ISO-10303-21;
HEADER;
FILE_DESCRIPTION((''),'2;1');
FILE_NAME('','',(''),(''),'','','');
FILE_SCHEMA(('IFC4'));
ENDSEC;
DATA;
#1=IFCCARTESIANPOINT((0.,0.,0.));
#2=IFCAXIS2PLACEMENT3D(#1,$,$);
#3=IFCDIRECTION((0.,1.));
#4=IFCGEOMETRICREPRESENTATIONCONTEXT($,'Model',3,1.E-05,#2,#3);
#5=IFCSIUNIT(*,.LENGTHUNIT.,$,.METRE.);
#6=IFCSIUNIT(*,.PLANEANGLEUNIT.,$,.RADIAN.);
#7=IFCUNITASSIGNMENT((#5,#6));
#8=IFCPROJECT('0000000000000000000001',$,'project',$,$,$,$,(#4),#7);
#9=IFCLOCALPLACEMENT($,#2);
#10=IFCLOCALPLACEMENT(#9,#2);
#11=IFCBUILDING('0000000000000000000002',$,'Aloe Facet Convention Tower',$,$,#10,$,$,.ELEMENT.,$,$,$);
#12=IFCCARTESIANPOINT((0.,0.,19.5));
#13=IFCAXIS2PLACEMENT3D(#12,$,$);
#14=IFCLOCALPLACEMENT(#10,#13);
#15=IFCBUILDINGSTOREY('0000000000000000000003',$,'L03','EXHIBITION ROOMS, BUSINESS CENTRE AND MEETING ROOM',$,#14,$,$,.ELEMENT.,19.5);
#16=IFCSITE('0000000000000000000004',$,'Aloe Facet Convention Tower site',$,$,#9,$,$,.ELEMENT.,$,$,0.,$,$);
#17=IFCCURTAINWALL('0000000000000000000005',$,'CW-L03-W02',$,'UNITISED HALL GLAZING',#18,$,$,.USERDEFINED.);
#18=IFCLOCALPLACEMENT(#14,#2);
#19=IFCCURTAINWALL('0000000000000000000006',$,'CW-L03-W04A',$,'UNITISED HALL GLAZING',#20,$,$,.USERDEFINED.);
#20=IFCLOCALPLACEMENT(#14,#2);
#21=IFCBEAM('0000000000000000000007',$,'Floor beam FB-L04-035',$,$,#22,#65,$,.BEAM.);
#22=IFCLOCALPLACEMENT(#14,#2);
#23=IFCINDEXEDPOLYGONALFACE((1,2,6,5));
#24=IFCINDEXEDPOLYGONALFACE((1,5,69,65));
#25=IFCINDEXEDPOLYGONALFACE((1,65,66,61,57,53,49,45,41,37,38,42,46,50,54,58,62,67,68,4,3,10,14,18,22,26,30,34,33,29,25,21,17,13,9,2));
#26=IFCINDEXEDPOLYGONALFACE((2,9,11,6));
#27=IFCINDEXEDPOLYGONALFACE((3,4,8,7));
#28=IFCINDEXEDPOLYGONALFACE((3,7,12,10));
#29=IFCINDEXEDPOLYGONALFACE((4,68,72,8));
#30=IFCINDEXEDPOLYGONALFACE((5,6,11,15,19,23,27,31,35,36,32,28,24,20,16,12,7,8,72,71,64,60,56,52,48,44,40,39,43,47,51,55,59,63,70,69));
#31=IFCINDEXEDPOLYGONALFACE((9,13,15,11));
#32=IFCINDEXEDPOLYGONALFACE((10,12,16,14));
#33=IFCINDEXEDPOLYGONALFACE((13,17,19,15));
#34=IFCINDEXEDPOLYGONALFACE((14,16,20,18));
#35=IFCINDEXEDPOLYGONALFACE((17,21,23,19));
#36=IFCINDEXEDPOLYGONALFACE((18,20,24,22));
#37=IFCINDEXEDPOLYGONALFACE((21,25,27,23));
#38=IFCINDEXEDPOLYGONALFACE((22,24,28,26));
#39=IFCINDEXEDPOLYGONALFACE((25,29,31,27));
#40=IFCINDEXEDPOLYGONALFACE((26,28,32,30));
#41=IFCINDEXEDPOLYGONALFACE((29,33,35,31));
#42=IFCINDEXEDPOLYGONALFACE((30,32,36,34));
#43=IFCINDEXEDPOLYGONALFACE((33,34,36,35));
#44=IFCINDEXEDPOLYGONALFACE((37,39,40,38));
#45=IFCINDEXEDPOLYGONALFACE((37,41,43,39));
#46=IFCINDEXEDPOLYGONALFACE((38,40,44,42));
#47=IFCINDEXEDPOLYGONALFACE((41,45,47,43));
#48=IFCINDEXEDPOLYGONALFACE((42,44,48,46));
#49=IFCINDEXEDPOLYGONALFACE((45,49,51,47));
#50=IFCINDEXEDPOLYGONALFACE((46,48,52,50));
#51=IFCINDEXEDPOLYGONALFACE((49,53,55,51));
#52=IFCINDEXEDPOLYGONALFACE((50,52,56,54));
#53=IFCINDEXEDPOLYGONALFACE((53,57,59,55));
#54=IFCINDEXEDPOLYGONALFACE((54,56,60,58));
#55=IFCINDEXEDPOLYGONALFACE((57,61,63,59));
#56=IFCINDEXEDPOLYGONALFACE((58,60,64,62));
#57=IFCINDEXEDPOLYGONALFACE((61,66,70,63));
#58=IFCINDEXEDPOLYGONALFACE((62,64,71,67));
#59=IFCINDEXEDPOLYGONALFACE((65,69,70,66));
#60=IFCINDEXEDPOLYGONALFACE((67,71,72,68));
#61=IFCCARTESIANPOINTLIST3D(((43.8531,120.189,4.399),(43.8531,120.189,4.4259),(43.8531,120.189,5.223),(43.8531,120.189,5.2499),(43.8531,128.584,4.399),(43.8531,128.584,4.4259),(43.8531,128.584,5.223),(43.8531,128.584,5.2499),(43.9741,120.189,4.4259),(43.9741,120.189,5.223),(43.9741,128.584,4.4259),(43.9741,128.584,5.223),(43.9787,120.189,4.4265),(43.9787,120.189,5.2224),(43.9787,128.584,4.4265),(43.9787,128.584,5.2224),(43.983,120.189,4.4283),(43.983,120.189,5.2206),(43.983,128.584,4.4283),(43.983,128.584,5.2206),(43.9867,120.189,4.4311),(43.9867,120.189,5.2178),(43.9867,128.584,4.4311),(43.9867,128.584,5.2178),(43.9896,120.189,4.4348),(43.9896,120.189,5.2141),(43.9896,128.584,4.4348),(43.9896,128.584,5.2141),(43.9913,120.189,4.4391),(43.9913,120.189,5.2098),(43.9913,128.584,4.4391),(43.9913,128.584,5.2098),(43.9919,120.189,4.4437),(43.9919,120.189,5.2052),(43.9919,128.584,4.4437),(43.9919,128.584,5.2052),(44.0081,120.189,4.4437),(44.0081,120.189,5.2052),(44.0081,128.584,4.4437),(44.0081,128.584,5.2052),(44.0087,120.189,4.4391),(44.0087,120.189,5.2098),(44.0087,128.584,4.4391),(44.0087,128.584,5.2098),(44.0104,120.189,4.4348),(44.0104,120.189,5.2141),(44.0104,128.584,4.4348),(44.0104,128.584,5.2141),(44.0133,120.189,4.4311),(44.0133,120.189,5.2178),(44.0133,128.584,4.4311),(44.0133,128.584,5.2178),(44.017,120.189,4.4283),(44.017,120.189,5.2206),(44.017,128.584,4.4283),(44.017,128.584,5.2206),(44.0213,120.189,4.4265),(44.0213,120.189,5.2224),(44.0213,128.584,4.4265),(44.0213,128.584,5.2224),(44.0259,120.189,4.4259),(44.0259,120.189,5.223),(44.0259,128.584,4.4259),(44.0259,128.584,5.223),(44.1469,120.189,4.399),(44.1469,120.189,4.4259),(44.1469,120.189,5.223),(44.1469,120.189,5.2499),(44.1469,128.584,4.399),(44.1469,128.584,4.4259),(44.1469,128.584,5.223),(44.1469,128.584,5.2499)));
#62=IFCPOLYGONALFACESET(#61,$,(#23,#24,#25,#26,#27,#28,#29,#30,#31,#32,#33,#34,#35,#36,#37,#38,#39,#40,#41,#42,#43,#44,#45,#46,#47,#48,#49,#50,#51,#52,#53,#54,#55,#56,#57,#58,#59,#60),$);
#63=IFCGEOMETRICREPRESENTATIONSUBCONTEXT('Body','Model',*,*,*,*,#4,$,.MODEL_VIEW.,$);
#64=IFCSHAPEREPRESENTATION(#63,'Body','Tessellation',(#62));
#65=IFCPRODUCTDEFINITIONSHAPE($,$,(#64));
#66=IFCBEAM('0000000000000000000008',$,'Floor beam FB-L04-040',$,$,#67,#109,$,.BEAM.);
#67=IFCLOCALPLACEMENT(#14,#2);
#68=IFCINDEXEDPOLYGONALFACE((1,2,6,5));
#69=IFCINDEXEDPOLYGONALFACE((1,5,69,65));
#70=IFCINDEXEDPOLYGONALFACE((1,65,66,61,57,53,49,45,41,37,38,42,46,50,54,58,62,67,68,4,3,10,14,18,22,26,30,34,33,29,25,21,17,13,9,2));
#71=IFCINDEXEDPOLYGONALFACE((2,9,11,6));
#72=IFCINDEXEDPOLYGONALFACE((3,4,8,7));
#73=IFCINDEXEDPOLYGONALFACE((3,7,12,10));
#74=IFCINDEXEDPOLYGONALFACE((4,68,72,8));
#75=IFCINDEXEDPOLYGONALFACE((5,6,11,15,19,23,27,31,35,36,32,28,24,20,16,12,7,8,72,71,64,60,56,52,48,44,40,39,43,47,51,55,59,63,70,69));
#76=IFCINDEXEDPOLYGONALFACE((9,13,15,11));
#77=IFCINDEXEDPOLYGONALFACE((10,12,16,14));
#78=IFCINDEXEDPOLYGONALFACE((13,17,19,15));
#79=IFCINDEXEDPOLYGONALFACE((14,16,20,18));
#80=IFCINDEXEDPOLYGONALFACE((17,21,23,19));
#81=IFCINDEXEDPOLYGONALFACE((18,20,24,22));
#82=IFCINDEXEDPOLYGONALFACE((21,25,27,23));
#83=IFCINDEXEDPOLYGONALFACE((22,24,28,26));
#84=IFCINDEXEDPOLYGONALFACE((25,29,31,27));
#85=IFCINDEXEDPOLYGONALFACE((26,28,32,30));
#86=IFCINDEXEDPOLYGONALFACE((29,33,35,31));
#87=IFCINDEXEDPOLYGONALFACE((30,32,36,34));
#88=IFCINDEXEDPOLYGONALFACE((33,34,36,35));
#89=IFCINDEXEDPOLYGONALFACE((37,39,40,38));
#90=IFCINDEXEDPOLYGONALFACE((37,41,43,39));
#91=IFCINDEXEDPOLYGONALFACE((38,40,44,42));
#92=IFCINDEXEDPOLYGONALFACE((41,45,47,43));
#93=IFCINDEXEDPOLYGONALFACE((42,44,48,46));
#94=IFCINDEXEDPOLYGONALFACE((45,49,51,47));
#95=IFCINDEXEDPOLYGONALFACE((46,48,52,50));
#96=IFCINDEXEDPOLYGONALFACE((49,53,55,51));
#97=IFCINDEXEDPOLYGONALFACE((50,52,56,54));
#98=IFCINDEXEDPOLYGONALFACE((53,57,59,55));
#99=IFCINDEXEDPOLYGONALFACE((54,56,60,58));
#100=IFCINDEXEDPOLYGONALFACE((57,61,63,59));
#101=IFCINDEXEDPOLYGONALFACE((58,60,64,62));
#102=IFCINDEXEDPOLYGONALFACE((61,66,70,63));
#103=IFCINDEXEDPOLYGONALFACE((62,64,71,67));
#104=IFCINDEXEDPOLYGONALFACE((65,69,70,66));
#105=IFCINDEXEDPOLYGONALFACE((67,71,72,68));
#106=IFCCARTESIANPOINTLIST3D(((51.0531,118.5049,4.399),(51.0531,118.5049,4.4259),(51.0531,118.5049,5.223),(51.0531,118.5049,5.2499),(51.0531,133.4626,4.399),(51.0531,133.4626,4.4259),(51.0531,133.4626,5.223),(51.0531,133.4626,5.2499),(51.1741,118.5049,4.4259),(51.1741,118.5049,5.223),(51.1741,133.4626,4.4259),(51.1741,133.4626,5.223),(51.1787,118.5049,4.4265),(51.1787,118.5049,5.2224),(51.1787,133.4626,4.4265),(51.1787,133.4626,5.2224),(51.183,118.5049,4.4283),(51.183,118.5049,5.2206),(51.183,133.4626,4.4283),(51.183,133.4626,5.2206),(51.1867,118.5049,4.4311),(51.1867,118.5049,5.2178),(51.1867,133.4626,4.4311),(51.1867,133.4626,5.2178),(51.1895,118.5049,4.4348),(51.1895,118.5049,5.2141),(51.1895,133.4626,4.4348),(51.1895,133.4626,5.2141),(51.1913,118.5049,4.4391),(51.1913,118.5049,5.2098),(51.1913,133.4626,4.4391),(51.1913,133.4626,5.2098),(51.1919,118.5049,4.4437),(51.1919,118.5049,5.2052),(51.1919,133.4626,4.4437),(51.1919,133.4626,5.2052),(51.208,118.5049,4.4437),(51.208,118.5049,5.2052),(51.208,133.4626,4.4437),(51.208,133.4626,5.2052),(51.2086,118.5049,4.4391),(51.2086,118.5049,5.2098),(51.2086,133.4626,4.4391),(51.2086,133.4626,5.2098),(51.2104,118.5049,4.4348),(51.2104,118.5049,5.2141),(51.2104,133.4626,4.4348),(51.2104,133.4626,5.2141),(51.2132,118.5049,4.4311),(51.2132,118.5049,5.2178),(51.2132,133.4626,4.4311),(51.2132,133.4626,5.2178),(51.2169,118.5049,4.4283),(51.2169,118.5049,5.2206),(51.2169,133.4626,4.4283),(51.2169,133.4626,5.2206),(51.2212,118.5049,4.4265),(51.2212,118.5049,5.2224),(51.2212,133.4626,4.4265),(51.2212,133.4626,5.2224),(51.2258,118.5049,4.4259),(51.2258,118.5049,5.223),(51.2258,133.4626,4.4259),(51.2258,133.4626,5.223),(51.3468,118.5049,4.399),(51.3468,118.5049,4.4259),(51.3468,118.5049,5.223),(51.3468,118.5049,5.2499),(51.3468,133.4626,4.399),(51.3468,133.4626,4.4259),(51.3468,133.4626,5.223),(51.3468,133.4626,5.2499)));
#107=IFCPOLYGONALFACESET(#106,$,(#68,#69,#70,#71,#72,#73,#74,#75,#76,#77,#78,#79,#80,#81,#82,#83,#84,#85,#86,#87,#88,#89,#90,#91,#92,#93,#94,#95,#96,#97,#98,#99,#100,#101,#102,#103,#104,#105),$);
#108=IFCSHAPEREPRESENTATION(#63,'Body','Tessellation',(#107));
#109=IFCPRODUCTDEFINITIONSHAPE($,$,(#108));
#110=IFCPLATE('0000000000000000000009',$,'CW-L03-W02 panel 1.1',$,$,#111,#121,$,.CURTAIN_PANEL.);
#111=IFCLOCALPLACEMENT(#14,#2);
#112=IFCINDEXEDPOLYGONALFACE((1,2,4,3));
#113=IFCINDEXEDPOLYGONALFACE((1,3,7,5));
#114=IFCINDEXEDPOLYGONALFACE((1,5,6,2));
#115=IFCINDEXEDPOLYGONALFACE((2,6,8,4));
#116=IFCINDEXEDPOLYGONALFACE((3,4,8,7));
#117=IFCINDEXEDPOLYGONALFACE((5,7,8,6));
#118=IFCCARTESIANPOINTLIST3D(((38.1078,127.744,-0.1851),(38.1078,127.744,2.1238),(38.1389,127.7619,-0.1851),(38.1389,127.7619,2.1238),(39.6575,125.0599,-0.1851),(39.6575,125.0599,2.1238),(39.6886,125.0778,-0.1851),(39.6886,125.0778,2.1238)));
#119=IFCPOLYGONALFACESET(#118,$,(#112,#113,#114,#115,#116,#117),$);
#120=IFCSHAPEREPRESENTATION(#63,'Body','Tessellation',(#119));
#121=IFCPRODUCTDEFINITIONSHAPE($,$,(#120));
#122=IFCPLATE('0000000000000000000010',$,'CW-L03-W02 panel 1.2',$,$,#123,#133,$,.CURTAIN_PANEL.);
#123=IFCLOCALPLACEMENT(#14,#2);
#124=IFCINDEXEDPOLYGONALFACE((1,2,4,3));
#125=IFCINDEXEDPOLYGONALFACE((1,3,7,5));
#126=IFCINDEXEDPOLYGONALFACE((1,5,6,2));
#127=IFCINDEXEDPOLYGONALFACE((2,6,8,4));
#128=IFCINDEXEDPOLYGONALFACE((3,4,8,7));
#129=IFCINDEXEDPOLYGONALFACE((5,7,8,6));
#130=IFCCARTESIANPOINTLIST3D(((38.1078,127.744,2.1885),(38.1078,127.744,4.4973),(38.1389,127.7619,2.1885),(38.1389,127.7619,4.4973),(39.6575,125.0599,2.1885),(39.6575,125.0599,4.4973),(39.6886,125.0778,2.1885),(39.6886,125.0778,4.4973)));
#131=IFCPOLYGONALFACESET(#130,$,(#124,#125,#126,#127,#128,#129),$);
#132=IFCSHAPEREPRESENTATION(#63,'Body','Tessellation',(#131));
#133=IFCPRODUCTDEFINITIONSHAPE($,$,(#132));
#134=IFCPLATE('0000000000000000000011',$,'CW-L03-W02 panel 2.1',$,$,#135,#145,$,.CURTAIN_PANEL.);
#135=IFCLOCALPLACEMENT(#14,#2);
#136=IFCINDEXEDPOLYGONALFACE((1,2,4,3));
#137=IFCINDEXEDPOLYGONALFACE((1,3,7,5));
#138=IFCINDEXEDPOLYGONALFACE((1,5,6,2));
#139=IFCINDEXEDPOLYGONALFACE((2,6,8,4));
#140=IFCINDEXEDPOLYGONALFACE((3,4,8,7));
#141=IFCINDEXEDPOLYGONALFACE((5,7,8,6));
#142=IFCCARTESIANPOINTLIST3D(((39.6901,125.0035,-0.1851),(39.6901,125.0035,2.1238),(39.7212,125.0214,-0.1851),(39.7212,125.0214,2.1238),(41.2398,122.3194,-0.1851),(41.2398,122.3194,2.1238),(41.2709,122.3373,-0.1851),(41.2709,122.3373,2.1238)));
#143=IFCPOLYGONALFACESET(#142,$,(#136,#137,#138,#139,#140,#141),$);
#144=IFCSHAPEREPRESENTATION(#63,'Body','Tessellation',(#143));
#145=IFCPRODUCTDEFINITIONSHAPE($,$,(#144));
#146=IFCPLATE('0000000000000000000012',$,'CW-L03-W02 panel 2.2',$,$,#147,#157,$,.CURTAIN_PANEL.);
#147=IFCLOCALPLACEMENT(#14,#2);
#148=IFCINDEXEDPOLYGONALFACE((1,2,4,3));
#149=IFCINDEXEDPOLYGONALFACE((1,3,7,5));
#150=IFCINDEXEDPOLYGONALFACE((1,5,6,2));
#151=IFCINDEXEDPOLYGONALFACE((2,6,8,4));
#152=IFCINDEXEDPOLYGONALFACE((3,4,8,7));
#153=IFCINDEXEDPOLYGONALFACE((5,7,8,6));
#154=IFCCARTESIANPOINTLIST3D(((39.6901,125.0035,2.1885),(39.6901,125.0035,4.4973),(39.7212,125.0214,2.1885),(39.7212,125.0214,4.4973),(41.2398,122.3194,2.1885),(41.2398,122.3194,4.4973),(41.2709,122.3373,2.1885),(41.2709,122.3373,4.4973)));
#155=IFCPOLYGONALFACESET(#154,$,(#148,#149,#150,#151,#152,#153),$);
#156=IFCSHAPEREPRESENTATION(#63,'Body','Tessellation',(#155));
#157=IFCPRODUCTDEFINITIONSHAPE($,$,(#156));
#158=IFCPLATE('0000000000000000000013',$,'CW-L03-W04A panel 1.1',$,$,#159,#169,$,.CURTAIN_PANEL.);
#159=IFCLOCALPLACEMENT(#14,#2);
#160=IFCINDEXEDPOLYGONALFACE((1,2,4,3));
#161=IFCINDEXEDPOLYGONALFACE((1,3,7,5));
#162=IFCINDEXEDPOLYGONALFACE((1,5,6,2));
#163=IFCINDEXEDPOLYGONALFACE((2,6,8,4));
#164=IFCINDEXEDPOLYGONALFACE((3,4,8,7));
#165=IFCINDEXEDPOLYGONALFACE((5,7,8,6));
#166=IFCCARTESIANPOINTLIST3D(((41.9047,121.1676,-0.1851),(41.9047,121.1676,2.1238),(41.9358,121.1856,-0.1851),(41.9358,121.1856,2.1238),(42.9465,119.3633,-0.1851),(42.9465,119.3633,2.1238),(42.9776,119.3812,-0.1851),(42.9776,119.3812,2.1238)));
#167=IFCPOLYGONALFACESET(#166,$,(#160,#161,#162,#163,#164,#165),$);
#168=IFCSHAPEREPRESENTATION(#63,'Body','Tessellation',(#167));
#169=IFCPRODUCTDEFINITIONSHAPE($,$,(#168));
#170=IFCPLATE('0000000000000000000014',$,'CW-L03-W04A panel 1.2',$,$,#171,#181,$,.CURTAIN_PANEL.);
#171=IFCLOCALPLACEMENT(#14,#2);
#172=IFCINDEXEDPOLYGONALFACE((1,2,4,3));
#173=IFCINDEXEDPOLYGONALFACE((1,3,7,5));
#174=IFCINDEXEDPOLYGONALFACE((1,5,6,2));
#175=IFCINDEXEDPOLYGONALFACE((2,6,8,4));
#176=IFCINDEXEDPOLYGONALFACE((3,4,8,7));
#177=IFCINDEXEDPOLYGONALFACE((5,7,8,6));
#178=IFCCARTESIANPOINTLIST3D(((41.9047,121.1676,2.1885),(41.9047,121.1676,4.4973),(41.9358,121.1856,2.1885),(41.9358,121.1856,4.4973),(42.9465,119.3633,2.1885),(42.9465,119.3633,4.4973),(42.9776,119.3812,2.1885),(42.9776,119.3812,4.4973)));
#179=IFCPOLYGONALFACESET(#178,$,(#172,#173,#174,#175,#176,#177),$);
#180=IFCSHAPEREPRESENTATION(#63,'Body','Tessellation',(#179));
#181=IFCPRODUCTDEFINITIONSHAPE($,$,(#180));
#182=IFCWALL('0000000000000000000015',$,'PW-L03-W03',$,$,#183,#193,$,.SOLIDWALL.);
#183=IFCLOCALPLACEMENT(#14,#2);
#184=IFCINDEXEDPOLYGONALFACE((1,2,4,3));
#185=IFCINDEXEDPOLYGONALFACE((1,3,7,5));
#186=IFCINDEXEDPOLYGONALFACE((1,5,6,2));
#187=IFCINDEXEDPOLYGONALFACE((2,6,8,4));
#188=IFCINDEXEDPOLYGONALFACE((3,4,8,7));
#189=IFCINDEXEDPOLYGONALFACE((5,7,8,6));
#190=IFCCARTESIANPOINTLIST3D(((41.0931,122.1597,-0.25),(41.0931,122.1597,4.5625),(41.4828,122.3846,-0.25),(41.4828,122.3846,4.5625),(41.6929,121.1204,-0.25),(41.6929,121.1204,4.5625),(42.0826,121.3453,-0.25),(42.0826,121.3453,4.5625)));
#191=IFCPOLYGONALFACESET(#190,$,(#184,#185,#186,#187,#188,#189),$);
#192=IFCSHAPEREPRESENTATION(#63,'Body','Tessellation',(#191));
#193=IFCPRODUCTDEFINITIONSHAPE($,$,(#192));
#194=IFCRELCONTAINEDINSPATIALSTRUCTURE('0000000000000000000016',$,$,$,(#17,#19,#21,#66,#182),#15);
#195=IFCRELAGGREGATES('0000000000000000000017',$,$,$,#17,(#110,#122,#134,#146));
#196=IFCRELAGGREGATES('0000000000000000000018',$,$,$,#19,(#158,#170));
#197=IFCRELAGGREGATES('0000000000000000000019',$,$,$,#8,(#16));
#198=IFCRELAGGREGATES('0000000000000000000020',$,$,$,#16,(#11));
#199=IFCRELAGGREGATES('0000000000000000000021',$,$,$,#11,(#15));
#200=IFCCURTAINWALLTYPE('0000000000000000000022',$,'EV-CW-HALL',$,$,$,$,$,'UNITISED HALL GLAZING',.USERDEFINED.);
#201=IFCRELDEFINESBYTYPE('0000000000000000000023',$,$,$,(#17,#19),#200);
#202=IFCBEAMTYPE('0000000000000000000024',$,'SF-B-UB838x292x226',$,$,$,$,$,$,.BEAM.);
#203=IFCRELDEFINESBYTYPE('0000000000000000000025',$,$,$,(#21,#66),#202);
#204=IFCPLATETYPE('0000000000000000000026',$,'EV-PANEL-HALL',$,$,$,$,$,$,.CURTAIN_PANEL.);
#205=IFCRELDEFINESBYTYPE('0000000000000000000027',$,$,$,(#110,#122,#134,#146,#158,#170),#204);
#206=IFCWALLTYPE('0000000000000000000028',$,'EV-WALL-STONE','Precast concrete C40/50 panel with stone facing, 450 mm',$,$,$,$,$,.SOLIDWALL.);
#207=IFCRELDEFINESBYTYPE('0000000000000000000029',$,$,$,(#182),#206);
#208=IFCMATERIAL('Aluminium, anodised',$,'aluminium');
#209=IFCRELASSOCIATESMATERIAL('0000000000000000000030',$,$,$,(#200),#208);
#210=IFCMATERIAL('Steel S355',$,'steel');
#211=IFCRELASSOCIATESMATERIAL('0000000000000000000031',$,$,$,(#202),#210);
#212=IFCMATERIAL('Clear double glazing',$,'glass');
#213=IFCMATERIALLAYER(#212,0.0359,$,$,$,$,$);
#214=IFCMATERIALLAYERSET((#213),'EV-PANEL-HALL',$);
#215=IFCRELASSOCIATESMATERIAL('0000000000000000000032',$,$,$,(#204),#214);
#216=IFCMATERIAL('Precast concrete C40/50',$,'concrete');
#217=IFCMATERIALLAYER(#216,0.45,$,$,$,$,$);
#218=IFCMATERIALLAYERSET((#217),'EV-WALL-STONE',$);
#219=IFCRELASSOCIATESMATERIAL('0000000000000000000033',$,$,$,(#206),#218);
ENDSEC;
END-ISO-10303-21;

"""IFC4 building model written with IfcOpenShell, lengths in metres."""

from ifc_helpers import new_model, si_unit, direction, frame, frame_2d, origin, origin_2d, place, context, subcontext, project, spatial, rectangle, i_section, extrude, material, layer, layer_set, material_profile, profile_set, type_object, element, aggregate, save


model = new_model("IFC4")

# Units and contexts
model_context = context("Model", 3, precision=1e-05, world=origin(), true_north=direction((0.0, 1.0)))
body_context = subcontext(model_context, "Body", "Model", "MODEL_VIEW")
ifc_project = project(units=[si_unit("LENGTHUNIT", "METRE"), si_unit("PLANEANGLEUNIT", "RADIAN")], contexts=[model_context])

# Site, building, storey
site_placement = place(None, origin())
site = spatial("IfcSite", under=ifc_project, at=site_placement, Name="Aloe Facet Convention Tower site", CompositionType="ELEMENT", RefElevation=0.0)
building_placement = place(site_placement, origin())
building = spatial("IfcBuilding", under=site, at=building_placement, Name="Aloe Facet Convention Tower", CompositionType="ELEMENT")
storey_placement = place(building_placement, frame((0.0, 0.0, 19.5)))
storey = spatial("IfcBuildingStorey", under=building, at=storey_placement, Name="L03", Description="EXHIBITION ROOMS, BUSINESS CENTRE AND MEETING ROOM", CompositionType="ELEMENT", Elevation=19.5)

# Curtain walls
ifc_material_1 = material(Name="Aluminium, anodised", Category="aluminium")
curtain_wall_type = type_object("IfcCurtainWallType", Name="EV-CW-HALL", ElementType="UNITISED HALL GLAZING", PredefinedType="USERDEFINED", material=ifc_material_1)
curtain_wall_1_placement = place(storey_placement, origin())
curtain_wall_1 = element("IfcCurtainWall", 1, at=curtain_wall_1_placement, inside=storey, type_object=curtain_wall_type, Name="CW-L03-W02", ObjectType="UNITISED HALL GLAZING", PredefinedType="USERDEFINED")
curtain_wall_2_placement = place(storey_placement, origin())
curtain_wall_2 = element("IfcCurtainWall", 2, at=curtain_wall_2_placement, inside=storey, type_object=curtain_wall_type, Name="CW-L03-W04A", ObjectType="UNITISED HALL GLAZING", PredefinedType="USERDEFINED")

# Beams
ifc_material_2 = material(Name="Steel S355", Category="steel")
ifc_material_profile_1 = material_profile(ifc_material_2, i_section(OverallWidth=0.2937, OverallDepth=0.8508, WebThickness=0.0161, FlangeThickness=0.0269, FilletRadius=0.0178, at=origin_2d()), Name="UB 838x292x226")
ifc_profile_set_1 = profile_set([ifc_material_profile_1], Name="Steel S355")
beam_type = type_object("IfcBeamType", Name="SF-B-UB838x292x226", PredefinedType="BEAM", material=ifc_profile_set_1)
beam_1_placement = place(storey_placement, frame((44.0, 120.189, 4.8245), z_axis=(0.0, 1.0, 0.0), x_axis=(-1.0, 0.0, 0.0)))
element("IfcBeam", 3, at=beam_1_placement, inside=storey, type_object=beam_type, Name="Floor beam FB-L04-035", PredefinedType="BEAM", context=body_context, shape_type="SweptSolid", body=[
    extrude(i_section(OverallWidth=0.2937, OverallDepth=0.8508, WebThickness=0.0161, FlangeThickness=0.0269, FilletRadius=0.0178, at=origin_2d()), origin(), (0.0, 0.0, 1.0), 8.395),
])
beam_2_placement = place(storey_placement, frame((51.2, 118.5049, 4.8245), z_axis=(0.0, 1.0, 0.0), x_axis=(-1.0, 0.0, 0.0)))
element("IfcBeam", 4, at=beam_2_placement, inside=storey, type_object=beam_type, Name="Floor beam FB-L04-040", PredefinedType="BEAM", context=body_context, shape_type="SweptSolid", body=[
    extrude(i_section(OverallWidth=0.2937, OverallDepth=0.8508, WebThickness=0.0161, FlangeThickness=0.0269, FilletRadius=0.0178, at=origin_2d()), origin(), (0.0, 0.0, 1.0), 14.9578),
])

# Plates
ifc_material_3 = material(Name="Clear double glazing", Category="glass")
ifc_layer_1 = layer(ifc_material_3, 0.0359)
ifc_layer_set_1 = layer_set([ifc_layer_1], Name="EV-PANEL-HALL")
plate_type = type_object("IfcPlateType", Name="EV-PANEL-HALL", PredefinedType="CURTAIN_PANEL", material=ifc_layer_set_1)
plate_1_placement = place(storey_placement, frame((38.8982, 126.4109, -0.1851), z_axis=(0.0, 0.0, 1.0), x_axis=(0.5, -0.866025, 0.0)))
plate_1 = element("IfcPlate", 5, at=plate_1_placement, type_object=plate_type, Name="CW-L03-W02 panel 1.1", PredefinedType="CURTAIN_PANEL", context=body_context, shape_type="SweptSolid", body=[
    extrude(rectangle(XDim=3.0994, YDim=0.0359, at=origin_2d()), origin(), (0.0, 0.0, 1.0), 2.3088),
])
plate_2_placement = place(storey_placement, frame((38.8982, 126.4109, 2.1885), z_axis=(0.0, 0.0, 1.0), x_axis=(0.5, -0.866025, 0.0)))
plate_2 = element("IfcPlate", 6, at=plate_2_placement, type_object=plate_type, Name="CW-L03-W02 panel 1.2", PredefinedType="CURTAIN_PANEL", context=body_context, shape_type="SweptSolid", body=[
    extrude(rectangle(XDim=3.0994, YDim=0.0359, at=origin_2d()), origin(), (0.0, 0.0, 1.0), 2.3088),
])
plate_3_placement = place(storey_placement, frame((40.4805, 123.6704, -0.1851), z_axis=(0.0, 0.0, 1.0), x_axis=(0.5, -0.866025, 0.0)))
plate_3 = element("IfcPlate", 7, at=plate_3_placement, type_object=plate_type, Name="CW-L03-W02 panel 2.1", PredefinedType="CURTAIN_PANEL", context=body_context, shape_type="SweptSolid", body=[
    extrude(rectangle(XDim=3.0994, YDim=0.0359, at=origin_2d()), origin(), (0.0, 0.0, 1.0), 2.3088),
])
plate_4_placement = place(storey_placement, frame((40.4805, 123.6704, 2.1885), z_axis=(0.0, 0.0, 1.0), x_axis=(0.5, -0.866025, 0.0)))
plate_4 = element("IfcPlate", 8, at=plate_4_placement, type_object=plate_type, Name="CW-L03-W02 panel 2.2", PredefinedType="CURTAIN_PANEL", context=body_context, shape_type="SweptSolid", body=[
    extrude(rectangle(XDim=3.0994, YDim=0.0359, at=origin_2d()), origin(), (0.0, 0.0, 1.0), 2.3088),
])
aggregate(curtain_wall_1, [plate_1, plate_2, plate_3, plate_4])
plate_5_placement = place(storey_placement, frame((42.4412, 120.2744, -0.1851), z_axis=(0.0, 0.0, 1.0), x_axis=(0.5, -0.866025, 0.0)))
plate_5 = element("IfcPlate", 9, at=plate_5_placement, type_object=plate_type, Name="CW-L03-W04A panel 1.1", PredefinedType="CURTAIN_PANEL", context=body_context, shape_type="SweptSolid", body=[
    extrude(rectangle(XDim=2.0835, YDim=0.0359, at=origin_2d()), origin(), (0.0, 0.0, 1.0), 2.3088),
])
plate_6_placement = place(storey_placement, frame((42.4412, 120.2744, 2.1885), z_axis=(0.0, 0.0, 1.0), x_axis=(0.5, -0.866025, 0.0)))
plate_6 = element("IfcPlate", 10, at=plate_6_placement, type_object=plate_type, Name="CW-L03-W04A panel 1.2", PredefinedType="CURTAIN_PANEL", context=body_context, shape_type="SweptSolid", body=[
    extrude(rectangle(XDim=2.0835, YDim=0.0359, at=origin_2d()), origin(), (0.0, 0.0, 1.0), 2.3088),
])
aggregate(curtain_wall_2, [plate_5, plate_6])

# Wall
ifc_material_4 = material(Name="Precast concrete C40/50", Category="concrete")
ifc_layer_2 = layer(ifc_material_4, 0.45)
ifc_layer_set_2 = layer_set([ifc_layer_2], Name="EV-WALL-STONE")
wall_type_1 = type_object("IfcWallType", Name="EV-WALL-STONE", Description="Precast concrete C40/50 panel with stone facing, 450 mm", PredefinedType="SOLIDWALL", material=ifc_layer_set_2)
wall_1_placement = place(storey_placement, frame((41.2878, 122.2722, -0.25), z_axis=(0.0, 0.0, 1.0), x_axis=(0.499881, -0.866094, 0.0)))
element("IfcWall", 11, at=wall_1_placement, inside=storey, type_object=wall_type_1, Name="PW-L03-W03", PredefinedType="SOLIDWALL", context=body_context, shape_type="SweptSolid", body=[
    extrude(rectangle(XDim=1.2, YDim=0.45, at=frame_2d((0.6001, 0.0))), origin(), (0.0, 0.0, 1.0), 4.8125),
])

save(model, "model.ifc")
